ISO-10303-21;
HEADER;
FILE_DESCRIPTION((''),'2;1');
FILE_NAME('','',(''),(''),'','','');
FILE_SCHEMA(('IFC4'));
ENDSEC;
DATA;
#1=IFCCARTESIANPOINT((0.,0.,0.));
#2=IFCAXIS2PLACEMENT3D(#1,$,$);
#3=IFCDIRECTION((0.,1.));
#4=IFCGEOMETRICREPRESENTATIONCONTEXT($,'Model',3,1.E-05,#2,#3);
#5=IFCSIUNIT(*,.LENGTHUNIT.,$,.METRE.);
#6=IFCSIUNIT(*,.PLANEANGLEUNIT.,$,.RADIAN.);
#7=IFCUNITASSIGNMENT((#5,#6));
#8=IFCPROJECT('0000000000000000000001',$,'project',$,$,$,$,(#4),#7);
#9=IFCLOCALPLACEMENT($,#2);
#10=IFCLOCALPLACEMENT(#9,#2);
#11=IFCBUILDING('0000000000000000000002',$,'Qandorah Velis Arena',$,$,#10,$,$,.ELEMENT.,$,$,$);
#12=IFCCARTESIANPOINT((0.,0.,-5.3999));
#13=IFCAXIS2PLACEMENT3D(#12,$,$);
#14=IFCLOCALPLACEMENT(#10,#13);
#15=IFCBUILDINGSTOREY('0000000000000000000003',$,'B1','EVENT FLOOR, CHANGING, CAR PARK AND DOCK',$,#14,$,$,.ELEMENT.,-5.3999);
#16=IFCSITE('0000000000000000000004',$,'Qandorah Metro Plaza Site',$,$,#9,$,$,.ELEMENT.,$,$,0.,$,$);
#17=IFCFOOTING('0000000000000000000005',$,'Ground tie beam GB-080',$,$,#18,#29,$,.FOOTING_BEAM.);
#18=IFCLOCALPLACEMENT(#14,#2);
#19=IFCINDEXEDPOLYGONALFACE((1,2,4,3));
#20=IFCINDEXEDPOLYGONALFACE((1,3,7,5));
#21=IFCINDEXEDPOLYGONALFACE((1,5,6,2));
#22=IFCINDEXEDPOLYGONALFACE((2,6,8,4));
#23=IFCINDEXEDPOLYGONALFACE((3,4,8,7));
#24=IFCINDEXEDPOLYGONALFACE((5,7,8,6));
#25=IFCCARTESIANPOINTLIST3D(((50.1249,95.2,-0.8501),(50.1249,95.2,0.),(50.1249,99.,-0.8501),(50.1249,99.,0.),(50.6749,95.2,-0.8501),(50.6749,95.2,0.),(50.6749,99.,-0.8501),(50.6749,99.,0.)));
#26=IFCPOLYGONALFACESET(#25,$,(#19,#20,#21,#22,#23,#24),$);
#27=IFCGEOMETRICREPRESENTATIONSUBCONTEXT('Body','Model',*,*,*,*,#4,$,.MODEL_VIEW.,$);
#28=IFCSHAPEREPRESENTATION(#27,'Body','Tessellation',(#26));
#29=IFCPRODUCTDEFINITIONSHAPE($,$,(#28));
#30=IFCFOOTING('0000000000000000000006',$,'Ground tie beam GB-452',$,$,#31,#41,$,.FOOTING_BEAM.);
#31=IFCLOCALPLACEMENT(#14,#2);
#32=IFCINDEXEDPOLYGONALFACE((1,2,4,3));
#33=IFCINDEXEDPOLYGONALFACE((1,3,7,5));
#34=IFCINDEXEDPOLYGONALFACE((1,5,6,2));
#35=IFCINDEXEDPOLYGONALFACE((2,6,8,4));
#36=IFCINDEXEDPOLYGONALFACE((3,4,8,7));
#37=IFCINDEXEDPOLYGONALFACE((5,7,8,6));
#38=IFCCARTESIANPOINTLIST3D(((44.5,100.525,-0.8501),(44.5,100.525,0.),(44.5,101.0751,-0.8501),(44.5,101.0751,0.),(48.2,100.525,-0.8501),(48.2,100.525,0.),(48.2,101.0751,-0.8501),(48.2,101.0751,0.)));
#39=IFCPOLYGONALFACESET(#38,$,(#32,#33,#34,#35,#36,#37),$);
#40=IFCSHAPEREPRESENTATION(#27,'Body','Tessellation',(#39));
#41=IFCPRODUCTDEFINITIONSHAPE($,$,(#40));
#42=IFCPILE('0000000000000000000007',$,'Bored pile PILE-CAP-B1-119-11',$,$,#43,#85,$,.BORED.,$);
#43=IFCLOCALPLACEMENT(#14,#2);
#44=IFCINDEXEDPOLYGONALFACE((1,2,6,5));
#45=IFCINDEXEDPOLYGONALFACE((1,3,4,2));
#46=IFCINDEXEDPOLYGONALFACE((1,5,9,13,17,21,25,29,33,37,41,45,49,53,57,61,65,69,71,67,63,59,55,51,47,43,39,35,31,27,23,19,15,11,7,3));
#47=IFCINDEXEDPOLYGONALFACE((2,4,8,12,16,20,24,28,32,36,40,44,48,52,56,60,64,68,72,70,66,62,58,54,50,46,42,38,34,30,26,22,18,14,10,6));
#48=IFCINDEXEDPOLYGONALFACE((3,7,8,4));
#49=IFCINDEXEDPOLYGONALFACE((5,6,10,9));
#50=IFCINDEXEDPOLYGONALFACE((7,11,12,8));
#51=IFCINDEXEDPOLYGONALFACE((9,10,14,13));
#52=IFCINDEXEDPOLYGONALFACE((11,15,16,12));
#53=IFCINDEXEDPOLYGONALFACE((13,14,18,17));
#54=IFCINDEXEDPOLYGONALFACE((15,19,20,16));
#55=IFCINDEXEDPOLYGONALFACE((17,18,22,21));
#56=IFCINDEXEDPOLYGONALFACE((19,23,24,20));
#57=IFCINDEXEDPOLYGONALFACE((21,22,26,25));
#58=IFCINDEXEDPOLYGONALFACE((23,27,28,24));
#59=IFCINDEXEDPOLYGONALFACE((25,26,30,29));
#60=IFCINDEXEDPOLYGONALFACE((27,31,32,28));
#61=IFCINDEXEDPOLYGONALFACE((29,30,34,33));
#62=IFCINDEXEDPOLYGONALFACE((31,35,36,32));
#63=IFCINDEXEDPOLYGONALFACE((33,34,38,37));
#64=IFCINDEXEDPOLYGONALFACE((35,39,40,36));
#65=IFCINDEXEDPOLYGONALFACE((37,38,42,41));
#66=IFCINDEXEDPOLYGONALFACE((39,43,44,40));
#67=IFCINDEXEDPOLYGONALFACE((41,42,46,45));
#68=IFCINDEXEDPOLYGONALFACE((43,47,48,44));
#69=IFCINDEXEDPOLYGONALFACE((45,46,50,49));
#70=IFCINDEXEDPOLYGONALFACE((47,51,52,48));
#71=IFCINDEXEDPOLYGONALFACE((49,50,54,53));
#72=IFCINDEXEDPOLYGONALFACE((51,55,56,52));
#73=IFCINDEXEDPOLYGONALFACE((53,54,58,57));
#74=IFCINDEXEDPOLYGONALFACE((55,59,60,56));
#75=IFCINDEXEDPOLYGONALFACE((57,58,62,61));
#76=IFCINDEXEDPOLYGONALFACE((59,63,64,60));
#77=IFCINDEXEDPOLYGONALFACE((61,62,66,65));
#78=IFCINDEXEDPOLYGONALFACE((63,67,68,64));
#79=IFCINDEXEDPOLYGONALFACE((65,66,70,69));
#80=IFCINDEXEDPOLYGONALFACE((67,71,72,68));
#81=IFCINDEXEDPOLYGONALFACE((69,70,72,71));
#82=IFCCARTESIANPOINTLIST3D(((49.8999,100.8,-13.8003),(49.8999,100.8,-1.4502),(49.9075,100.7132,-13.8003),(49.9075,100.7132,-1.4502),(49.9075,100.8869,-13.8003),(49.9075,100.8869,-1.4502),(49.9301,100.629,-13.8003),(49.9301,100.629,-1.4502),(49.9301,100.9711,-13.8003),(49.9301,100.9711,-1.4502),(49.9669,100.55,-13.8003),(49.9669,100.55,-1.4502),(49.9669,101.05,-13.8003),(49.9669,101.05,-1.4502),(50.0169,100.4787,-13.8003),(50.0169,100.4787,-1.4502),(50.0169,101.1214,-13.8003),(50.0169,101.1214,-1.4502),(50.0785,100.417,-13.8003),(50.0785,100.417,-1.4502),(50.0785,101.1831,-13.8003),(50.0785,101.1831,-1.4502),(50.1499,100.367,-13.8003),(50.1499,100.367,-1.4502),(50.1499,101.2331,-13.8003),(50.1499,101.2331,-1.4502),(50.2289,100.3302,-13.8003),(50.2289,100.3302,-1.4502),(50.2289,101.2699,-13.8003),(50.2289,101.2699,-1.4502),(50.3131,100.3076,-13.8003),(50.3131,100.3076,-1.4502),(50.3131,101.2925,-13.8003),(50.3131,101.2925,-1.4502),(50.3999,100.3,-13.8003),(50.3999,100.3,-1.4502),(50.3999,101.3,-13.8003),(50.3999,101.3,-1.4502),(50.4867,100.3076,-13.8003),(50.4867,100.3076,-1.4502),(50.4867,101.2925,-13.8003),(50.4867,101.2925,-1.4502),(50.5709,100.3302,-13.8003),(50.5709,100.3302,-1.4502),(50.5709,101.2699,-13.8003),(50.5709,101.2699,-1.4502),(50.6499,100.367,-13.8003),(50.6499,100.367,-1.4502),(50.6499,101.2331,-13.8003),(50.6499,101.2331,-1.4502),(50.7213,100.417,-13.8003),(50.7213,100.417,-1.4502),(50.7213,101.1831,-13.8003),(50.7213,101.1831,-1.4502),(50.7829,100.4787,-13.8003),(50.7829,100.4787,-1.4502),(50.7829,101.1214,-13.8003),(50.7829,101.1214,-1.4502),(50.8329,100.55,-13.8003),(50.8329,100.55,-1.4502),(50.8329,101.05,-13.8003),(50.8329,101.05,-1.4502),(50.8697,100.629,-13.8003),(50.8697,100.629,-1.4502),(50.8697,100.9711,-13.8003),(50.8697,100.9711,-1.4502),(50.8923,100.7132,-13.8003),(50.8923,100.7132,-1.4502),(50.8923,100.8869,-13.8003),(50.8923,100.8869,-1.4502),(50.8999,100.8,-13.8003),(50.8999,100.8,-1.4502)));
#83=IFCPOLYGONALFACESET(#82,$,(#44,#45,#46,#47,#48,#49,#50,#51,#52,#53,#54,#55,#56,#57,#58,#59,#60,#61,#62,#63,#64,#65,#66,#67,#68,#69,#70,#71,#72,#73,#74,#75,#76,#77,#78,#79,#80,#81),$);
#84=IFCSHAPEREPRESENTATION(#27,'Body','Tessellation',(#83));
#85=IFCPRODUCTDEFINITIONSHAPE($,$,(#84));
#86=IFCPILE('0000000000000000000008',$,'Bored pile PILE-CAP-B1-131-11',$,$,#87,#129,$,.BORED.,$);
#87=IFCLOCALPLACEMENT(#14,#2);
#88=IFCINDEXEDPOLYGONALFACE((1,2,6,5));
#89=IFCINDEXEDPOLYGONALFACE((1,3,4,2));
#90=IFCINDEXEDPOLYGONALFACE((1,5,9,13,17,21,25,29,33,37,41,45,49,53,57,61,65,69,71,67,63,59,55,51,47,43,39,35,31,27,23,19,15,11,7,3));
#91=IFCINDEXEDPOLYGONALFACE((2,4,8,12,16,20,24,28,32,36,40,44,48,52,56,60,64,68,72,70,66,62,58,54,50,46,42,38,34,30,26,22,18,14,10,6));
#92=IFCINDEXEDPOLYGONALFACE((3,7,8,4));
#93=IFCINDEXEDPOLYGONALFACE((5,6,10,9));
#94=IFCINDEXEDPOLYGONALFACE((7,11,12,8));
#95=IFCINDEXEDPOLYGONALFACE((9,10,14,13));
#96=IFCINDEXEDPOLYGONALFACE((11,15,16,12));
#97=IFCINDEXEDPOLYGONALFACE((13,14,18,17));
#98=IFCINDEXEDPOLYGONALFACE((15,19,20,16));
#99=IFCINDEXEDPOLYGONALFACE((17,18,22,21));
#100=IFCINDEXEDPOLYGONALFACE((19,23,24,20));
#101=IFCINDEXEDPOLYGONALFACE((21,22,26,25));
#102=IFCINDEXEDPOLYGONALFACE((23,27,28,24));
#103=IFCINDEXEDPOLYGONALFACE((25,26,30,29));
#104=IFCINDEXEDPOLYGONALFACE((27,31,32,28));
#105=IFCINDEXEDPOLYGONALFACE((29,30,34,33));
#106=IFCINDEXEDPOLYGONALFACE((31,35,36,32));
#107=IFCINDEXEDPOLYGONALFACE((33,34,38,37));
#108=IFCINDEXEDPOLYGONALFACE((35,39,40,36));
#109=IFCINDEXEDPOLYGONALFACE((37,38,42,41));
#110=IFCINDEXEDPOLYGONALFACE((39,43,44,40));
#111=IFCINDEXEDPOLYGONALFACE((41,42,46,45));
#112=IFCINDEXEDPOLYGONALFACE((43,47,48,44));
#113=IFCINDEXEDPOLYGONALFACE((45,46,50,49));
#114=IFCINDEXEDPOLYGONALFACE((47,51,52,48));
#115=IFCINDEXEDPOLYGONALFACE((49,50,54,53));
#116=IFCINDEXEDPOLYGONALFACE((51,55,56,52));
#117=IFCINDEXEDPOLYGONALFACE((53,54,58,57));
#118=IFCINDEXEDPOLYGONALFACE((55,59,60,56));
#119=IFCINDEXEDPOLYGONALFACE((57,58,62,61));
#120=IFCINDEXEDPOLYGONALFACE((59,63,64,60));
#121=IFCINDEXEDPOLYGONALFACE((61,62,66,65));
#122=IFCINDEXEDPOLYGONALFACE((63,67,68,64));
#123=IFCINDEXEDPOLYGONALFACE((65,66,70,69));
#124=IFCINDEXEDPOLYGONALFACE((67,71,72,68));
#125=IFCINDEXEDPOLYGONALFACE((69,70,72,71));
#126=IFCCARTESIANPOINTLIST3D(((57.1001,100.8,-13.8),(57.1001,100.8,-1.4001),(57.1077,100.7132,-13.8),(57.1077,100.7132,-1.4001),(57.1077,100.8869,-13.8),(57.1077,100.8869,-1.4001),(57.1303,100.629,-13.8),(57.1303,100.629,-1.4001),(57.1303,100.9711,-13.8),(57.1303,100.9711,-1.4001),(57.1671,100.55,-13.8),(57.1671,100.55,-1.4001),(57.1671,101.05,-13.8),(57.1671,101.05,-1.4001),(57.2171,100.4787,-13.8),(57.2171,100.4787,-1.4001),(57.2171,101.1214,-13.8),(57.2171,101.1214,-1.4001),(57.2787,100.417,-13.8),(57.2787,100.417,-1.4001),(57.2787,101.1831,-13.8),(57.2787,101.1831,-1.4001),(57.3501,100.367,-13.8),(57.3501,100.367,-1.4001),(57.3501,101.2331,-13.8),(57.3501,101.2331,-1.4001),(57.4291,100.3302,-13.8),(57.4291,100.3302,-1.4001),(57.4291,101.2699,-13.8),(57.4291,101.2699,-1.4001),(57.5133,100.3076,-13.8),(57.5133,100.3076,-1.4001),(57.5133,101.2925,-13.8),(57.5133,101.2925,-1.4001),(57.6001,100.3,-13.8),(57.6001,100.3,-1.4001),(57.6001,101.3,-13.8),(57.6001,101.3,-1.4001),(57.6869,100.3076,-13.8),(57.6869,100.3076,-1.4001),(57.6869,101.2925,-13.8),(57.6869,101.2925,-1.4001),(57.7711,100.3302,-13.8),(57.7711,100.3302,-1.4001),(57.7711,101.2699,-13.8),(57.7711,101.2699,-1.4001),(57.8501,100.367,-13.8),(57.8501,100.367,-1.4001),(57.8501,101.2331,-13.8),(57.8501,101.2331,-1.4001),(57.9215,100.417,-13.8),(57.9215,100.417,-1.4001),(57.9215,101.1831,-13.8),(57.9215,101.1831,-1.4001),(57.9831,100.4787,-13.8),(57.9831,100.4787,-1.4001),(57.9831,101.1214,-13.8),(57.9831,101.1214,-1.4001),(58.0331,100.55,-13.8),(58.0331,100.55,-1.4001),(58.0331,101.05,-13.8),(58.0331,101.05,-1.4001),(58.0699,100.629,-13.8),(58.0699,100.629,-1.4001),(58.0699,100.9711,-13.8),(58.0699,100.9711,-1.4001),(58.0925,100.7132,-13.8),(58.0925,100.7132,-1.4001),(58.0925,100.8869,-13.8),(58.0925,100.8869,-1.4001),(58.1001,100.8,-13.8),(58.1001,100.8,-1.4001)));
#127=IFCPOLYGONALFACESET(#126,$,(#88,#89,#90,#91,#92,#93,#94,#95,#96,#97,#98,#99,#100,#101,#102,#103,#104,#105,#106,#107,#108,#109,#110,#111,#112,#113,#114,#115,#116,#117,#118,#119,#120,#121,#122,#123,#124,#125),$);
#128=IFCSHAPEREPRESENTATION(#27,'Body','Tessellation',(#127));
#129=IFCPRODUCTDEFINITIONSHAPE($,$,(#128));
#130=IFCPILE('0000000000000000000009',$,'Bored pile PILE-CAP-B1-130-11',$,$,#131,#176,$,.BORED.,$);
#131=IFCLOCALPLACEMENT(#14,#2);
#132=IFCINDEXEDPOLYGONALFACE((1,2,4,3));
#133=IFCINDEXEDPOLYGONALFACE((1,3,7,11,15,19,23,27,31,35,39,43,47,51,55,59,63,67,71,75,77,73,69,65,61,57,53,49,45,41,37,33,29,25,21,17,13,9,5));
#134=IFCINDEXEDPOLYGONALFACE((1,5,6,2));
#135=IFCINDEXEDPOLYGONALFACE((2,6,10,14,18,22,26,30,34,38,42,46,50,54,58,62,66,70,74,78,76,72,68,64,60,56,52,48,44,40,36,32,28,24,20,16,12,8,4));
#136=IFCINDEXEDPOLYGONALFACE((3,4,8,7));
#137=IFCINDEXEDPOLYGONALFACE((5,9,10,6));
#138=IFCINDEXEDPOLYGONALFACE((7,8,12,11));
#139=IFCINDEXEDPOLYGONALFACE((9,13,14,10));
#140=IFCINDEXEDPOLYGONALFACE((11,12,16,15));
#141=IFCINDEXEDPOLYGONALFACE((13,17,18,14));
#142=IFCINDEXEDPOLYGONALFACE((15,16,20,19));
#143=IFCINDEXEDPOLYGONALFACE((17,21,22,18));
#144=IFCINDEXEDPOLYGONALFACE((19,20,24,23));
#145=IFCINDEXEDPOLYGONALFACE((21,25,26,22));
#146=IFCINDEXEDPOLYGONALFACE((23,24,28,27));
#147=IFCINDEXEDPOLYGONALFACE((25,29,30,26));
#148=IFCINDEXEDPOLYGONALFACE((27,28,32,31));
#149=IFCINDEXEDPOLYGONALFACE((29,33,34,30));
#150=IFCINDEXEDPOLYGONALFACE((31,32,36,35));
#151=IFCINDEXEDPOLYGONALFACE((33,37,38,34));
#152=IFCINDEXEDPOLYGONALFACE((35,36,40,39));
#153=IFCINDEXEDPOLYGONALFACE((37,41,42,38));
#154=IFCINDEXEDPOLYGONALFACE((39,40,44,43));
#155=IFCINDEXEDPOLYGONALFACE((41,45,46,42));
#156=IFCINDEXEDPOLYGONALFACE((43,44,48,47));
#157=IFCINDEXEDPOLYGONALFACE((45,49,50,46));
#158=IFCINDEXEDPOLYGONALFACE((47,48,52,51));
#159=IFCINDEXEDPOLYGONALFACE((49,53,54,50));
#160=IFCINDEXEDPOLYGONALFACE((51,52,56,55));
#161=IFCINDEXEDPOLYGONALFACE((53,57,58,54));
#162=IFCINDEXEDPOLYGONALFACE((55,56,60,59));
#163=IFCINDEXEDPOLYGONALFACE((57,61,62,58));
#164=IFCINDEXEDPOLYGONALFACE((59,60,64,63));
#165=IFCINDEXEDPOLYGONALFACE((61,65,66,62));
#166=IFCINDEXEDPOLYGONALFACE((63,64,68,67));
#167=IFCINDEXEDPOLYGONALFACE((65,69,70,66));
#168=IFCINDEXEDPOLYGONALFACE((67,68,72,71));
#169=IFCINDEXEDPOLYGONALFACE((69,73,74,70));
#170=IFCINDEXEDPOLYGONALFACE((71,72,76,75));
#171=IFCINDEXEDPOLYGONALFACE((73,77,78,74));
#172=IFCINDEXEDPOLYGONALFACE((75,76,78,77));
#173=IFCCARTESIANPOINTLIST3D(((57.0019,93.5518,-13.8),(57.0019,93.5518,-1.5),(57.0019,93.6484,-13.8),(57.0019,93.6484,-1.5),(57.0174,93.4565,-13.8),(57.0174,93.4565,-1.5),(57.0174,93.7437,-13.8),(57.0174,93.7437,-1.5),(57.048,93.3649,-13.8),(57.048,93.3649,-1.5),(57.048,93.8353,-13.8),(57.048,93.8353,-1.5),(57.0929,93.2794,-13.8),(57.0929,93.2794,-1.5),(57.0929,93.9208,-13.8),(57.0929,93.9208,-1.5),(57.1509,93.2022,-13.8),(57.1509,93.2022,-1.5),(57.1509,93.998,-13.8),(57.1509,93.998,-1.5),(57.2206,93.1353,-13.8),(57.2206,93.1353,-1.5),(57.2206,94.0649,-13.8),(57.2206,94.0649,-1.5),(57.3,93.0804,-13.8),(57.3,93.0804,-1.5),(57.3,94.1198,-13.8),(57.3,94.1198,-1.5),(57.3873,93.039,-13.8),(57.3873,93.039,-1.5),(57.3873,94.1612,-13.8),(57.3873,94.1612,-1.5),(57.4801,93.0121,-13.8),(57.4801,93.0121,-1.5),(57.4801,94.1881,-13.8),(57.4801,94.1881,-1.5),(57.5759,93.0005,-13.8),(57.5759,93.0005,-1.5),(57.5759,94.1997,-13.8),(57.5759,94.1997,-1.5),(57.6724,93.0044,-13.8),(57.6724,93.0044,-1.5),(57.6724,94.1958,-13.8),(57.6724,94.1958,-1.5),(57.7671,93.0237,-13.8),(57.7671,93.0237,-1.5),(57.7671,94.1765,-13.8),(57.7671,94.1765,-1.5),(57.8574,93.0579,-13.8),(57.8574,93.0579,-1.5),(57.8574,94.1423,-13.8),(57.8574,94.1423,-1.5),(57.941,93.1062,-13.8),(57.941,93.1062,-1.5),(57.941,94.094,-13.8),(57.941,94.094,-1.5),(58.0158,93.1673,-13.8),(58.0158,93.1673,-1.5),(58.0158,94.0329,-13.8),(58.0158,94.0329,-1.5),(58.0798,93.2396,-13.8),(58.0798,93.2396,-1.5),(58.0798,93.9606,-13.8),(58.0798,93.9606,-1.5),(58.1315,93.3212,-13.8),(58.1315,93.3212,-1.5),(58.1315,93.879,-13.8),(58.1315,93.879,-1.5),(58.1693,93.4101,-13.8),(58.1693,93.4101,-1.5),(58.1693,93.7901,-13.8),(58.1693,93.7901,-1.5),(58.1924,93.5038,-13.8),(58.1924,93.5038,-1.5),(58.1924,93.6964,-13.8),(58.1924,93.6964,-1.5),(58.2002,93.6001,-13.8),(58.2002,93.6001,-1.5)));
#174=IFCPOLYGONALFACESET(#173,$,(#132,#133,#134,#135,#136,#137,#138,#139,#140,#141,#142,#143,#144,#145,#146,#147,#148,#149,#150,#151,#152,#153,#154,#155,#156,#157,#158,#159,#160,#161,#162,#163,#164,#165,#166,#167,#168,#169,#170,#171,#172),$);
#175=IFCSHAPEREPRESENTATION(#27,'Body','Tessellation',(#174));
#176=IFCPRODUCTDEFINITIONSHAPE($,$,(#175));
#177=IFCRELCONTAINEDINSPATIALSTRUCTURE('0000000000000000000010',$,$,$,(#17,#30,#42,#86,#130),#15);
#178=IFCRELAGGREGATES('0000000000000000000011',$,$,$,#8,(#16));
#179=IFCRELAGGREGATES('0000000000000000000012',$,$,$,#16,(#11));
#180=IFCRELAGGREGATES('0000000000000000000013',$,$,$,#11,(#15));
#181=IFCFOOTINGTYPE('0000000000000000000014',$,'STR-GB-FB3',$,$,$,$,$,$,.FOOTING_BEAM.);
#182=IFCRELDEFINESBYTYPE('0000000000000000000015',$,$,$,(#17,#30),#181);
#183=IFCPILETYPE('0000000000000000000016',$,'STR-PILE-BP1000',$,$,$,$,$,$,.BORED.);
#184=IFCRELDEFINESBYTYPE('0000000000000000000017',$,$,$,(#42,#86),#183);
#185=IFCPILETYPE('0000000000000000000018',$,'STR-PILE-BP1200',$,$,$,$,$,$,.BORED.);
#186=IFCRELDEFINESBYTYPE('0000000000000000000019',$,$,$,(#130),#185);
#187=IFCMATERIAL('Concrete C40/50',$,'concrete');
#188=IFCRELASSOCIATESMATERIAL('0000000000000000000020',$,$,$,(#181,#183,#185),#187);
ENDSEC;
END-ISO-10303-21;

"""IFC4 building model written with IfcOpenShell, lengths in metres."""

from ifc_helpers import new_model, si_unit, direction, frame, origin, origin_2d, place, context, subcontext, project, spatial, rectangle, circle, extrude, material, material_profile, profile_set, type_object, element, save


model = new_model("IFC4")

# Units and contexts
model_context = context("Model", 3, precision=1e-05, world=origin(), true_north=direction((0.0, 1.0)))
body_context = subcontext(model_context, "Body", "Model", "MODEL_VIEW")
ifc_project = project(units=[si_unit("LENGTHUNIT", "METRE"), si_unit("PLANEANGLEUNIT", "RADIAN")], contexts=[model_context])

# Site, building, storey
site_placement = place(None, origin())
site = spatial("IfcSite", under=ifc_project, at=site_placement, Name="Qandorah Metro Plaza Site", CompositionType="ELEMENT", RefElevation=0.0)
building_placement = place(site_placement, origin())
building = spatial("IfcBuilding", under=site, at=building_placement, Name="Qandorah Velis Arena", CompositionType="ELEMENT")
storey_placement = place(building_placement, frame((0.0, 0.0, -5.3999)))
storey = spatial("IfcBuildingStorey", under=building, at=storey_placement, Name="B1", Description="EVENT FLOOR, CHANGING, CAR PARK AND DOCK", CompositionType="ELEMENT", Elevation=-5.3999)

# Footings
ifc_material_1 = material(Name="Concrete C40/50", Category="concrete")
ifc_material_profile_1 = material_profile(ifc_material_1, rectangle(XDim=0.55, YDim=0.8501, at=origin_2d()), Name="GB3 550x850")
ifc_profile_set_1 = profile_set([ifc_material_profile_1], Name="Concrete C40/50")
footing_type_1 = type_object("IfcFootingType", Name="STR-GB-FB3", PredefinedType="FOOTING_BEAM", material=ifc_profile_set_1)
footing_1_placement = place(storey_placement, frame((50.3999, 95.2, -0.425), z_axis=(0.0, 1.0, 0.0), x_axis=(-1.0, 0.0, 0.0)))
element("IfcFooting", 1, at=footing_1_placement, inside=storey, type_object=footing_type_1, Name="Ground tie beam GB-080", PredefinedType="FOOTING_BEAM", context=body_context, shape_type="SweptSolid", body=[
    extrude(rectangle(XDim=0.55, YDim=0.8501, at=origin_2d()), origin(), (0.0, 0.0, 1.0), 3.8),
])
footing_2_placement = place(storey_placement, frame((44.5, 100.8, -0.425), z_axis=(1.0, 0.0, 0.0), x_axis=(0.0, 1.0, 0.0)))
element("IfcFooting", 2, at=footing_2_placement, inside=storey, type_object=footing_type_1, Name="Ground tie beam GB-452", PredefinedType="FOOTING_BEAM", context=body_context, shape_type="SweptSolid", body=[
    extrude(rectangle(XDim=0.55, YDim=0.8501, at=origin_2d()), origin(), (0.0, 0.0, 1.0), 3.7),
])

# Piles
ifc_material_profile_2 = material_profile(ifc_material_1, circle(Radius=0.5, at=origin_2d()), Name="BORED PILE D1000")
ifc_profile_set_2 = profile_set([ifc_material_profile_2], Name="Concrete C40/50")
pile_type_1 = type_object("IfcPileType", Name="STR-PILE-BP1000", PredefinedType="BORED", material=ifc_profile_set_2)
pile_1_placement = place(storey_placement, frame((50.3999, 100.8, -1.4502), z_axis=(0.0, 0.0, -1.0), x_axis=(1.0, 0.0, 0.0)))
element("IfcPile", 3, at=pile_1_placement, inside=storey, type_object=pile_type_1, Name="Bored pile PILE-CAP-B1-119-11", PredefinedType="BORED", context=body_context, shape_type="SweptSolid", body=[
    extrude(circle(Radius=0.5, at=origin_2d()), origin(), (0.0, 0.0, 1.0), 12.3501),
])
pile_2_placement = place(storey_placement, frame((57.6001, 100.8, -1.4001), z_axis=(0.0, 0.0, -1.0), x_axis=(1.0, 0.0, 0.0)))
element("IfcPile", 4, at=pile_2_placement, inside=storey, type_object=pile_type_1, Name="Bored pile PILE-CAP-B1-131-11", PredefinedType="BORED", context=body_context, shape_type="SweptSolid", body=[
    extrude(circle(Radius=0.5, at=origin_2d()), origin(), (0.0, 0.0, 1.0), 12.3999),
])
ifc_material_profile_3 = material_profile(ifc_material_1, circle(Radius=0.6001, at=origin_2d()), Name="BORED PILE D1200")
ifc_profile_set_3 = profile_set([ifc_material_profile_3], Name="Concrete C40/50")
pile_type_2 = type_object("IfcPileType", Name="STR-PILE-BP1200", PredefinedType="BORED", material=ifc_profile_set_3)
pile_3_placement = place(storey_placement, frame((57.6001, 93.6001, -1.5), z_axis=(0.0, 0.0, -1.0), x_axis=(1.0, 0.0, 0.0)))
element("IfcPile", 5, at=pile_3_placement, inside=storey, type_object=pile_type_2, Name="Bored pile PILE-CAP-B1-130-11", PredefinedType="BORED", context=body_context, shape_type="SweptSolid", body=[
    extrude(circle(Radius=0.6001, at=origin_2d()), origin(), (0.0, 0.0, 1.0), 12.3),
])

save(model, "model.ifc")
